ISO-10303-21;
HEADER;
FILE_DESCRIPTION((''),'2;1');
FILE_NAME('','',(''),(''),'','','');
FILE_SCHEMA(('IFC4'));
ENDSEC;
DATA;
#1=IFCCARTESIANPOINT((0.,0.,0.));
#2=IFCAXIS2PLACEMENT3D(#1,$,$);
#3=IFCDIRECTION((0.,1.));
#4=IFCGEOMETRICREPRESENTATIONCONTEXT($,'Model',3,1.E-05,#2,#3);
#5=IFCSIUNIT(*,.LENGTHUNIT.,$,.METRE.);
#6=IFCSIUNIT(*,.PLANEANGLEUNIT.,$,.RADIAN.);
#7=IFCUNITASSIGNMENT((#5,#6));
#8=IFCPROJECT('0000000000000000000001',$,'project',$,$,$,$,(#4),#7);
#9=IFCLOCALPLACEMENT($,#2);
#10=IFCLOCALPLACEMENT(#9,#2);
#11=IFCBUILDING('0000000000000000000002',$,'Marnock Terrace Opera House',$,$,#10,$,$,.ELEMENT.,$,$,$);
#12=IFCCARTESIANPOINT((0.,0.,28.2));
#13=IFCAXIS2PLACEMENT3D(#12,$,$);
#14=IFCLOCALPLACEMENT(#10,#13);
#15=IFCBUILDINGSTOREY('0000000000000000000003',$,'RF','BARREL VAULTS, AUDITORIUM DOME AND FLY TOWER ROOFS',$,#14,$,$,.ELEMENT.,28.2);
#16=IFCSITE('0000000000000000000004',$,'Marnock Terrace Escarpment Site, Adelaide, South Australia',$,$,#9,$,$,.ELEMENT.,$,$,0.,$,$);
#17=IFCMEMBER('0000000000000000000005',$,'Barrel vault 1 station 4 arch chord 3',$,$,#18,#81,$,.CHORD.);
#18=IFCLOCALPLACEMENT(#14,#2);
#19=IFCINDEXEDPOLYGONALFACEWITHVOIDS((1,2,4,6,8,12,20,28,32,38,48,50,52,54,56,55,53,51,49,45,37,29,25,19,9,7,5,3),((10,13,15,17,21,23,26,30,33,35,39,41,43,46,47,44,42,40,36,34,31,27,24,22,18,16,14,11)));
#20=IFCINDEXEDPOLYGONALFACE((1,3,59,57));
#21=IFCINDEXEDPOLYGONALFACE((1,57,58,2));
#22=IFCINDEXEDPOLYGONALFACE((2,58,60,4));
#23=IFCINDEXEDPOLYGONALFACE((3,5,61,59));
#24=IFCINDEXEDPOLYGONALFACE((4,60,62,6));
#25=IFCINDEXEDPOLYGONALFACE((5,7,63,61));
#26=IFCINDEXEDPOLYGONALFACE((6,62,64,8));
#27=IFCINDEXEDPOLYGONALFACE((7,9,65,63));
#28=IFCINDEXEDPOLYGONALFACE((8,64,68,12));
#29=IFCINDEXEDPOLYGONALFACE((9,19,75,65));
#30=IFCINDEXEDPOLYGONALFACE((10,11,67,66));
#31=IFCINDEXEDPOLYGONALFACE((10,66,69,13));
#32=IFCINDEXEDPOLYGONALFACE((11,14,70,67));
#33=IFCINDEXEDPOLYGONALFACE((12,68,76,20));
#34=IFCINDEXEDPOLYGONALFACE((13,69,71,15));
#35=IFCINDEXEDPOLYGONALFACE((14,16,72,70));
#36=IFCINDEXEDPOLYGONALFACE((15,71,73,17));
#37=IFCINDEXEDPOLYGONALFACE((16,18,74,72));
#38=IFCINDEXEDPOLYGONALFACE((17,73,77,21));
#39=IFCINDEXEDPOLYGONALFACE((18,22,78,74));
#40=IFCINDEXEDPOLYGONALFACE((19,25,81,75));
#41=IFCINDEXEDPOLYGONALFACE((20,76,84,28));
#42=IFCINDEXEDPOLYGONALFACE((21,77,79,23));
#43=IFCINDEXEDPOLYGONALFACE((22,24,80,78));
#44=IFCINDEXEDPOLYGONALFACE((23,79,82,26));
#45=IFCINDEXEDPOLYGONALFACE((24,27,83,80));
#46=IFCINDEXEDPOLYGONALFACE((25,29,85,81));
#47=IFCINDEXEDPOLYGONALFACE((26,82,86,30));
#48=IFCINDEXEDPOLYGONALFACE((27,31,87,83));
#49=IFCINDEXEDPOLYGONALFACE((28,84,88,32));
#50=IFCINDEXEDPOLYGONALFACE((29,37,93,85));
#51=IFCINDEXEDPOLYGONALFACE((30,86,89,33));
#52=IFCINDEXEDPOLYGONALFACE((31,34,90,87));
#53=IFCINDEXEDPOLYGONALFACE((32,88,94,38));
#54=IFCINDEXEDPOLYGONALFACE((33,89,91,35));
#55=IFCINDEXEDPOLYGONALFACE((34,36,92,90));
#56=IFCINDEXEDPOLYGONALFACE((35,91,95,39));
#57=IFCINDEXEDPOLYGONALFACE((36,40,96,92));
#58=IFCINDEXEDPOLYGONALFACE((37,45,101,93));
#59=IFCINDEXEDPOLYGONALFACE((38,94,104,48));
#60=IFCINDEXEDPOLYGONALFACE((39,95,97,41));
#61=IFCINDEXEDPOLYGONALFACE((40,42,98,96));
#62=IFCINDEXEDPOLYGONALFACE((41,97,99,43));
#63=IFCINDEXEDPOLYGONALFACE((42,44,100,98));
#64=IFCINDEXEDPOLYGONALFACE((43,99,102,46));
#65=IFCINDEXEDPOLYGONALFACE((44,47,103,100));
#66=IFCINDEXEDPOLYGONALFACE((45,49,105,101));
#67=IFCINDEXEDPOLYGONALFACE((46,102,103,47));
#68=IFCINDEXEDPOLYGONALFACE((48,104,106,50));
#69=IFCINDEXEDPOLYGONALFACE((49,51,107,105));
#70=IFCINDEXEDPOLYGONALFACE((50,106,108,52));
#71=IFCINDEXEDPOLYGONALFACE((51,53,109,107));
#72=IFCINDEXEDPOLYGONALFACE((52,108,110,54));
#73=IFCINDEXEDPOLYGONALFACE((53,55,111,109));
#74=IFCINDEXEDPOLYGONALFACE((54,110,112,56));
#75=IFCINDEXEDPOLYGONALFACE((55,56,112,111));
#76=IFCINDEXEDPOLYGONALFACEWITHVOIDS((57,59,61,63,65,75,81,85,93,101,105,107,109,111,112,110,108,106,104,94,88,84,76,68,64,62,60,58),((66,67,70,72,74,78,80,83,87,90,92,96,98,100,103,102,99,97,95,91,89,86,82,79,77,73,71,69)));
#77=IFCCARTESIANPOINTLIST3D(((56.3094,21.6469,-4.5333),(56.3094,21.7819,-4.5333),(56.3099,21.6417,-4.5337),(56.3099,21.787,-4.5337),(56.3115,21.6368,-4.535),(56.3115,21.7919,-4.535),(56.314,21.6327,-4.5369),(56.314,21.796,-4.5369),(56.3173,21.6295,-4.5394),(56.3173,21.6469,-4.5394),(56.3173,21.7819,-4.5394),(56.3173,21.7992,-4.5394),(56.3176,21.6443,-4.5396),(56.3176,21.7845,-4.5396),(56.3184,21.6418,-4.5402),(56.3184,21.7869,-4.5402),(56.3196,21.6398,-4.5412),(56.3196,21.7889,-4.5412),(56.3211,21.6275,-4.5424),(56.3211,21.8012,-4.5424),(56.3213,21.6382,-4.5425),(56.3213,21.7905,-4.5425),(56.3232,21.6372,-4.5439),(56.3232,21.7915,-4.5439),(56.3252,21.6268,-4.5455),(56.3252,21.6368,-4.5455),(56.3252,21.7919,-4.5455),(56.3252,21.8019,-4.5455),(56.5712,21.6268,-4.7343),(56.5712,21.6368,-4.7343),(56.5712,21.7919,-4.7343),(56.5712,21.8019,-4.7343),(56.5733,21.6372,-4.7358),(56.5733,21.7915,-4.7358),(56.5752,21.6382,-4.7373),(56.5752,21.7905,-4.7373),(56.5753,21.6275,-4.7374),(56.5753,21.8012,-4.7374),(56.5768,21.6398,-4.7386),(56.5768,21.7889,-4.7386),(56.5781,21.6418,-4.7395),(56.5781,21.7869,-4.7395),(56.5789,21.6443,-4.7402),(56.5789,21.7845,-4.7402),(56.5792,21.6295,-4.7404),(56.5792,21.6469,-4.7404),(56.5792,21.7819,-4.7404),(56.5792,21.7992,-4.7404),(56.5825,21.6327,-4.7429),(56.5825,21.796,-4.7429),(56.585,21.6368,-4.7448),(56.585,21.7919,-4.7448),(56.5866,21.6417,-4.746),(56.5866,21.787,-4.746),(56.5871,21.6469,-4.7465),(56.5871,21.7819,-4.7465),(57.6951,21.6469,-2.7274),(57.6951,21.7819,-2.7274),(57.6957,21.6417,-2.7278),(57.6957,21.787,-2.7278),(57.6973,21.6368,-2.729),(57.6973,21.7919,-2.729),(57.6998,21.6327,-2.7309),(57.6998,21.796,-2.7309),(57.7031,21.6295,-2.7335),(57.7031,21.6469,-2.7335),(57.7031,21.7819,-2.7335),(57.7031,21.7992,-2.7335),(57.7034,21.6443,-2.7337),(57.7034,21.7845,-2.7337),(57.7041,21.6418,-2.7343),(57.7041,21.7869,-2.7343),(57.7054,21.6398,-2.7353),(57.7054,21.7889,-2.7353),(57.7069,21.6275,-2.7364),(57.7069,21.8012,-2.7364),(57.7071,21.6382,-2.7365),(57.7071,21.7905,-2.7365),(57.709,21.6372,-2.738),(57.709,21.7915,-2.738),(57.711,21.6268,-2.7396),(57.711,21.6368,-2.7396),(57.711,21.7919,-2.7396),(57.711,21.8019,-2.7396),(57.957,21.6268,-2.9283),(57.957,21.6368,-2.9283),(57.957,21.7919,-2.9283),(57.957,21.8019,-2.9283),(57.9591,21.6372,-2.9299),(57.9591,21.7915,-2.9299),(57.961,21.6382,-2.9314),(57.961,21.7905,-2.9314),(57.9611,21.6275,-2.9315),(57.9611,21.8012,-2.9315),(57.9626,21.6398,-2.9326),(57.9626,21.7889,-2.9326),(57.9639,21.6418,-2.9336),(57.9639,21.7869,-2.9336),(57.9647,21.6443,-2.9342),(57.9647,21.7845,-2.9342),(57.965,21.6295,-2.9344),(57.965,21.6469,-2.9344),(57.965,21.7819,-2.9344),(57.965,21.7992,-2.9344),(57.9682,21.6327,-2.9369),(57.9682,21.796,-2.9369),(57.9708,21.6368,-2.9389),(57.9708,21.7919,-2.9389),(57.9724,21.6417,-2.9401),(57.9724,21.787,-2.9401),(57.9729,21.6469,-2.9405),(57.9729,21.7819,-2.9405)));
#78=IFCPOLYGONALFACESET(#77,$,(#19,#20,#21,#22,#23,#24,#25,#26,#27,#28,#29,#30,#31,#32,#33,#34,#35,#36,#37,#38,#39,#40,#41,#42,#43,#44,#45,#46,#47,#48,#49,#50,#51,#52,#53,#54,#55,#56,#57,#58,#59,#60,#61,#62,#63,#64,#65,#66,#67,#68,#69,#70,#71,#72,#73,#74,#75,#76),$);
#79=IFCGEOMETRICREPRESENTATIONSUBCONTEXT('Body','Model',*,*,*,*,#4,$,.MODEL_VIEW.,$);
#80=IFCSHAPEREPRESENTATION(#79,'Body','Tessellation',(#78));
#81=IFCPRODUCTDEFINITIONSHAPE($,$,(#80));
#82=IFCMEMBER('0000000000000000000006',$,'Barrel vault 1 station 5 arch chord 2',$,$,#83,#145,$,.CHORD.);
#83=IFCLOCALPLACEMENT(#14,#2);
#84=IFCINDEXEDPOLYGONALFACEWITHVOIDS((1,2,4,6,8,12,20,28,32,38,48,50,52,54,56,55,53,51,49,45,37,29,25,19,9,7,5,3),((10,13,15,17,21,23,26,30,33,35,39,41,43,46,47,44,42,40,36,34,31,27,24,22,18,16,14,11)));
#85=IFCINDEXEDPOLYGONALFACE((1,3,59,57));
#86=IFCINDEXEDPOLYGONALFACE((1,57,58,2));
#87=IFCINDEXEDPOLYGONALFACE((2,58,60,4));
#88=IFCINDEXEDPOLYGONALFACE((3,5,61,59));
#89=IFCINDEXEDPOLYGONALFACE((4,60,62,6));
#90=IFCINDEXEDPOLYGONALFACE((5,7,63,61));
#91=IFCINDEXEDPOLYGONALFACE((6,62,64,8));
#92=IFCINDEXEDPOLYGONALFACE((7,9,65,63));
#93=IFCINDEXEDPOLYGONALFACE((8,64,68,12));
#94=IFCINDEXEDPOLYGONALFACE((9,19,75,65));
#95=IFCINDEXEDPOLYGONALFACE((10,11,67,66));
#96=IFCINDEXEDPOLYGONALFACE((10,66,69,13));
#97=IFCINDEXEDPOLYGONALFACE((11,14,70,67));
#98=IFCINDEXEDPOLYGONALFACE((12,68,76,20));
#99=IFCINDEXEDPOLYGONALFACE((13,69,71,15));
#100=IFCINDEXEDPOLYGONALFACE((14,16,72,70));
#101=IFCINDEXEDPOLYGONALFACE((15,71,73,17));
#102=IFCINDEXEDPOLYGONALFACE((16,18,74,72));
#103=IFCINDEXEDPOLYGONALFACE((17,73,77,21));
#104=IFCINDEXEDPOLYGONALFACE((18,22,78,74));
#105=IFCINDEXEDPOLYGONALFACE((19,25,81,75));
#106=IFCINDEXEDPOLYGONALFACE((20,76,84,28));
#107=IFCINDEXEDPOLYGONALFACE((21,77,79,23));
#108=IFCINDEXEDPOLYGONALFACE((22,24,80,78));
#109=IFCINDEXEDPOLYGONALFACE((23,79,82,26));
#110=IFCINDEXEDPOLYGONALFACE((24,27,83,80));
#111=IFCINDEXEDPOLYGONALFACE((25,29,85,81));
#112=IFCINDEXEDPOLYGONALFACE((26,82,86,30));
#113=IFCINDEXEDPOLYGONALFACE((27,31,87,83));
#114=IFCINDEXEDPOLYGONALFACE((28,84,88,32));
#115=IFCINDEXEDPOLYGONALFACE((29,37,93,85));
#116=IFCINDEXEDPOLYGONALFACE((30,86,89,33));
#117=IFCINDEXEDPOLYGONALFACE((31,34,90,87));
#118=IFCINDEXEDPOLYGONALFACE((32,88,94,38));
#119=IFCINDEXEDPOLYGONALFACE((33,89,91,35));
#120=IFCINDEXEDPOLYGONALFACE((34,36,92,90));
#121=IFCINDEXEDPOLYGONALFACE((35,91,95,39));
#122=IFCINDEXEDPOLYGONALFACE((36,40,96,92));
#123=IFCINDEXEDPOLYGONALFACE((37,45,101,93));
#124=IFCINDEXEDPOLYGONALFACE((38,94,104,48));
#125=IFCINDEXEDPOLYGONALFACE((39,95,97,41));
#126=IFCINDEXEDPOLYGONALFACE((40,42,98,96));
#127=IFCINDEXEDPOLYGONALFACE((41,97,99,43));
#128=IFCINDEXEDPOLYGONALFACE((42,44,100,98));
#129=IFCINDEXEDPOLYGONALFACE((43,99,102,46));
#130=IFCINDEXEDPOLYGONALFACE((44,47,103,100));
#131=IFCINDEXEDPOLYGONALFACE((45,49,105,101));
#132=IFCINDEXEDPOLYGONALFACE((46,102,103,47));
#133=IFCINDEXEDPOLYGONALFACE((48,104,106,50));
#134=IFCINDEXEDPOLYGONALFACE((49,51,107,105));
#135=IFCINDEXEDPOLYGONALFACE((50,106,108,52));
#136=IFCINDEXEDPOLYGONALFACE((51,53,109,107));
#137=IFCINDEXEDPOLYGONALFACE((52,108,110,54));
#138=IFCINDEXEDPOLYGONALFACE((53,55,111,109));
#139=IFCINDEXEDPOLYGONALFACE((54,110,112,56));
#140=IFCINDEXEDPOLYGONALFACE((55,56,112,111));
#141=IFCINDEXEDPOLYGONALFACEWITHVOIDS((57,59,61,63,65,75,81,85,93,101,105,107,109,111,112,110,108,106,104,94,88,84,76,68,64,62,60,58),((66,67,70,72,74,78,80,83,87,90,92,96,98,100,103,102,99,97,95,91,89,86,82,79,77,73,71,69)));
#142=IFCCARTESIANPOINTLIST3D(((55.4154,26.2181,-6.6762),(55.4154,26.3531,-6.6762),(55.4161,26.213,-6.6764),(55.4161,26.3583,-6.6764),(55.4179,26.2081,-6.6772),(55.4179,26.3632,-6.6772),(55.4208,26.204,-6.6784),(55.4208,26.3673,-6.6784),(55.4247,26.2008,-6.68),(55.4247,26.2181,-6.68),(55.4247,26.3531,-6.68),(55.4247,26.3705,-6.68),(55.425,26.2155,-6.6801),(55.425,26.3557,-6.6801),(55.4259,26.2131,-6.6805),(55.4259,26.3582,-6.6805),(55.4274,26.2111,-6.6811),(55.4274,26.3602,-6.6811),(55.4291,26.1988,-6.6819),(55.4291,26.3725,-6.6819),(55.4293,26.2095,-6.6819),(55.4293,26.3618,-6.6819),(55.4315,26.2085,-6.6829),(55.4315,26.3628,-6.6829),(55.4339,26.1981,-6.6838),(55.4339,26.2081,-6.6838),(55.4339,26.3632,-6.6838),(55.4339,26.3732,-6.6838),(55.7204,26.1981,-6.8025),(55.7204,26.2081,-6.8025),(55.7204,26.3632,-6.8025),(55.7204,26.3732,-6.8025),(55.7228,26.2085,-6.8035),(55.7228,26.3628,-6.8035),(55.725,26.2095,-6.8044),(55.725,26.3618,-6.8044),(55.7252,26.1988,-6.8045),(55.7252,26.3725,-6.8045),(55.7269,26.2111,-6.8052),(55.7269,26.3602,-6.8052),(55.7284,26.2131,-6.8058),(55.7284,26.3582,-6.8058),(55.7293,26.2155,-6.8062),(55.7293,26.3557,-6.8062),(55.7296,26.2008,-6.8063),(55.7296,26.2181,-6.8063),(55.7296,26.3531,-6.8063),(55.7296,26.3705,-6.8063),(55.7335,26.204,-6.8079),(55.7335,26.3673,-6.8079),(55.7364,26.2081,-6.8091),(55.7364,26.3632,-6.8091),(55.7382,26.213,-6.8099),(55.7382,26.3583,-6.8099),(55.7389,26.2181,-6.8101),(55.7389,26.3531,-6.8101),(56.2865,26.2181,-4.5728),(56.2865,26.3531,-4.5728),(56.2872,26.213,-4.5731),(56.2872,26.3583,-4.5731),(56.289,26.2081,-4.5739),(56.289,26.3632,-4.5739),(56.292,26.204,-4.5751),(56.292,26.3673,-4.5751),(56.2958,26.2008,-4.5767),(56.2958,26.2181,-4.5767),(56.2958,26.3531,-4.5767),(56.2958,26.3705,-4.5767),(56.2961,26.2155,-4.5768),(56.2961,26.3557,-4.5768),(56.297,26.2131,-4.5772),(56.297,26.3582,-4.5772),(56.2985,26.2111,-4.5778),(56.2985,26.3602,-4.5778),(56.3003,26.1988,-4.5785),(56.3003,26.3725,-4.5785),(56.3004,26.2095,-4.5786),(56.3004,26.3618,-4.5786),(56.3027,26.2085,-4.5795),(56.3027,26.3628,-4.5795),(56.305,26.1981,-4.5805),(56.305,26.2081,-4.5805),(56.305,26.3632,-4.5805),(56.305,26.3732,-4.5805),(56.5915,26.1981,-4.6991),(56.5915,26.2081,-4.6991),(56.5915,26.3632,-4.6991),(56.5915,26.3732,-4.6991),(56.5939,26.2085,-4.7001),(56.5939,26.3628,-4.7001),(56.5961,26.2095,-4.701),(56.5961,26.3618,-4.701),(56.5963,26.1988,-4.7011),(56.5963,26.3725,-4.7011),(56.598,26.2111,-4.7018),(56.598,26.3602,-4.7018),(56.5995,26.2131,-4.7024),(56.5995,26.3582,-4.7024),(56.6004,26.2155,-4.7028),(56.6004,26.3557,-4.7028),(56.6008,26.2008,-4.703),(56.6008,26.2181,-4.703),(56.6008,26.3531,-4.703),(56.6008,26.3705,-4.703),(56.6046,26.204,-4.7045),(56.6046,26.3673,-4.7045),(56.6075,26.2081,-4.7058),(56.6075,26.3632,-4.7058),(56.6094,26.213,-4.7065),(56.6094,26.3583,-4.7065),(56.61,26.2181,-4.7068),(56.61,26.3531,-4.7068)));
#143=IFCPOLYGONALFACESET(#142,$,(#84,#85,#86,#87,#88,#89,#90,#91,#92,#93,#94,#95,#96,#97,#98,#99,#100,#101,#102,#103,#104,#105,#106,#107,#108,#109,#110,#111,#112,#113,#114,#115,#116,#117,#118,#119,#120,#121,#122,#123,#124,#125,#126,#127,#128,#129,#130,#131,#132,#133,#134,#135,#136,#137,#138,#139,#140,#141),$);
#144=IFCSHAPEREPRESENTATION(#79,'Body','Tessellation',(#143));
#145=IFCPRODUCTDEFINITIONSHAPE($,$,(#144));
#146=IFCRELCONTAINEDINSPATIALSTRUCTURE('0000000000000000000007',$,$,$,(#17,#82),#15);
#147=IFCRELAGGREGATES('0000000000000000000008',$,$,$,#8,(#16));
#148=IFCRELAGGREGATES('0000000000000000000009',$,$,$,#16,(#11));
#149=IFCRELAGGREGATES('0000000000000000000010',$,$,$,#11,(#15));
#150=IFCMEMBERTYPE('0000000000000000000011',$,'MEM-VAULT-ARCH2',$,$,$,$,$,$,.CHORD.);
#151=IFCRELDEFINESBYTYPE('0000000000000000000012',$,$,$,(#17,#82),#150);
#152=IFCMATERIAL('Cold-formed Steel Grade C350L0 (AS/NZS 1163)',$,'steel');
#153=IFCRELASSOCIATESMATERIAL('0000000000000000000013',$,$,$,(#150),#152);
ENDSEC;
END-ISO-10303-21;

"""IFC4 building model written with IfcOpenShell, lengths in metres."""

from ifc_helpers import new_model, si_unit, direction, frame, origin, origin_2d, place, context, subcontext, project, spatial, hollow_rectangle, extrude, material, material_profile, profile_set, type_object, element, save


model = new_model("IFC4")

# Units and contexts
model_context = context("Model", 3, precision=1e-05, world=origin(), true_north=direction((0.0, 1.0)))
body_context = subcontext(model_context, "Body", "Model", "MODEL_VIEW")
ifc_project = project(units=[si_unit("LENGTHUNIT", "METRE"), si_unit("PLANEANGLEUNIT", "RADIAN")], contexts=[model_context])

# Site, building, storey
site_placement = place(None, origin())
site = spatial("IfcSite", under=ifc_project, at=site_placement, Name="Marnock Terrace Escarpment Site, Adelaide, South Australia", CompositionType="ELEMENT", RefElevation=0.0)
building_placement = place(site_placement, origin())
building = spatial("IfcBuilding", under=site, at=building_placement, Name="Marnock Terrace Opera House", CompositionType="ELEMENT")
storey_placement = place(building_placement, frame((0.0, 0.0, 28.2)))
storey = spatial("IfcBuildingStorey", under=building, at=storey_placement, Name="RF", Description="BARREL VAULTS, AUDITORIUM DOME AND FLY TOWER ROOFS", CompositionType="ELEMENT", Elevation=28.2)

# Members
ifc_material_1 = material(Name="Cold-formed Steel Grade C350L0 (AS/NZS 1163)", Category="steel")
ifc_material_profile_1 = material_profile(ifc_material_1, hollow_rectangle(XDim=0.175, YDim=0.3501, WallThickness=0.01, InnerFilletRadius=0.01, OuterFilletRadius=0.02, at=origin_2d()))
ifc_profile_set_1 = profile_set([ifc_material_profile_1], Name="Cold-formed Steel Grade C350L0 (AS/NZS 1163)")
member_type_1 = type_object("IfcMemberType", Name="MEM-VAULT-ARCH2", PredefinedType="CHORD", material=ifc_profile_set_1)
member_1_placement = place(storey_placement, frame((56.4482, 21.7144, -4.6399), z_axis=(0.608767, 0.0, 0.793349), x_axis=(0.0, 1.0, 0.0)))
element("IfcMember", 1, at=member_1_placement, inside=storey, type_object=member_type_1, Name="Barrel vault 1 station 4 arch chord 3", PredefinedType="CHORD", context=body_context, shape_type="SweptSolid", body=[
    extrude(hollow_rectangle(XDim=0.175, YDim=0.3501, WallThickness=0.01, InnerFilletRadius=0.01, OuterFilletRadius=0.02, at=origin_2d()), origin(), (0.0, 0.0, 1.0), 2.2764),
])
for number, where, z_axis, x_axis, name in (
    (2, (55.5771, 26.2856, -6.7432), (0.382642, 0.0, 0.923897), (0.0, 1.0, 0.0), "Barrel vault 1 station 5 arch chord 2"),
):
    element("IfcMember", number, at=place(storey_placement, frame(where, z_axis=z_axis, x_axis=x_axis)), inside=storey, type_object=member_type_1, Name=name, PredefinedType="CHORD", context=body_context, shape_type="SweptSolid", body=[
        extrude(hollow_rectangle(XDim=0.175, YDim=0.3501, WallThickness=0.01, InnerFilletRadius=0.01, OuterFilletRadius=0.02, at=origin_2d()), origin(), (0.0, 0.0, 1.0), 2.2766),
    ])

save(model, "model.ifc")
